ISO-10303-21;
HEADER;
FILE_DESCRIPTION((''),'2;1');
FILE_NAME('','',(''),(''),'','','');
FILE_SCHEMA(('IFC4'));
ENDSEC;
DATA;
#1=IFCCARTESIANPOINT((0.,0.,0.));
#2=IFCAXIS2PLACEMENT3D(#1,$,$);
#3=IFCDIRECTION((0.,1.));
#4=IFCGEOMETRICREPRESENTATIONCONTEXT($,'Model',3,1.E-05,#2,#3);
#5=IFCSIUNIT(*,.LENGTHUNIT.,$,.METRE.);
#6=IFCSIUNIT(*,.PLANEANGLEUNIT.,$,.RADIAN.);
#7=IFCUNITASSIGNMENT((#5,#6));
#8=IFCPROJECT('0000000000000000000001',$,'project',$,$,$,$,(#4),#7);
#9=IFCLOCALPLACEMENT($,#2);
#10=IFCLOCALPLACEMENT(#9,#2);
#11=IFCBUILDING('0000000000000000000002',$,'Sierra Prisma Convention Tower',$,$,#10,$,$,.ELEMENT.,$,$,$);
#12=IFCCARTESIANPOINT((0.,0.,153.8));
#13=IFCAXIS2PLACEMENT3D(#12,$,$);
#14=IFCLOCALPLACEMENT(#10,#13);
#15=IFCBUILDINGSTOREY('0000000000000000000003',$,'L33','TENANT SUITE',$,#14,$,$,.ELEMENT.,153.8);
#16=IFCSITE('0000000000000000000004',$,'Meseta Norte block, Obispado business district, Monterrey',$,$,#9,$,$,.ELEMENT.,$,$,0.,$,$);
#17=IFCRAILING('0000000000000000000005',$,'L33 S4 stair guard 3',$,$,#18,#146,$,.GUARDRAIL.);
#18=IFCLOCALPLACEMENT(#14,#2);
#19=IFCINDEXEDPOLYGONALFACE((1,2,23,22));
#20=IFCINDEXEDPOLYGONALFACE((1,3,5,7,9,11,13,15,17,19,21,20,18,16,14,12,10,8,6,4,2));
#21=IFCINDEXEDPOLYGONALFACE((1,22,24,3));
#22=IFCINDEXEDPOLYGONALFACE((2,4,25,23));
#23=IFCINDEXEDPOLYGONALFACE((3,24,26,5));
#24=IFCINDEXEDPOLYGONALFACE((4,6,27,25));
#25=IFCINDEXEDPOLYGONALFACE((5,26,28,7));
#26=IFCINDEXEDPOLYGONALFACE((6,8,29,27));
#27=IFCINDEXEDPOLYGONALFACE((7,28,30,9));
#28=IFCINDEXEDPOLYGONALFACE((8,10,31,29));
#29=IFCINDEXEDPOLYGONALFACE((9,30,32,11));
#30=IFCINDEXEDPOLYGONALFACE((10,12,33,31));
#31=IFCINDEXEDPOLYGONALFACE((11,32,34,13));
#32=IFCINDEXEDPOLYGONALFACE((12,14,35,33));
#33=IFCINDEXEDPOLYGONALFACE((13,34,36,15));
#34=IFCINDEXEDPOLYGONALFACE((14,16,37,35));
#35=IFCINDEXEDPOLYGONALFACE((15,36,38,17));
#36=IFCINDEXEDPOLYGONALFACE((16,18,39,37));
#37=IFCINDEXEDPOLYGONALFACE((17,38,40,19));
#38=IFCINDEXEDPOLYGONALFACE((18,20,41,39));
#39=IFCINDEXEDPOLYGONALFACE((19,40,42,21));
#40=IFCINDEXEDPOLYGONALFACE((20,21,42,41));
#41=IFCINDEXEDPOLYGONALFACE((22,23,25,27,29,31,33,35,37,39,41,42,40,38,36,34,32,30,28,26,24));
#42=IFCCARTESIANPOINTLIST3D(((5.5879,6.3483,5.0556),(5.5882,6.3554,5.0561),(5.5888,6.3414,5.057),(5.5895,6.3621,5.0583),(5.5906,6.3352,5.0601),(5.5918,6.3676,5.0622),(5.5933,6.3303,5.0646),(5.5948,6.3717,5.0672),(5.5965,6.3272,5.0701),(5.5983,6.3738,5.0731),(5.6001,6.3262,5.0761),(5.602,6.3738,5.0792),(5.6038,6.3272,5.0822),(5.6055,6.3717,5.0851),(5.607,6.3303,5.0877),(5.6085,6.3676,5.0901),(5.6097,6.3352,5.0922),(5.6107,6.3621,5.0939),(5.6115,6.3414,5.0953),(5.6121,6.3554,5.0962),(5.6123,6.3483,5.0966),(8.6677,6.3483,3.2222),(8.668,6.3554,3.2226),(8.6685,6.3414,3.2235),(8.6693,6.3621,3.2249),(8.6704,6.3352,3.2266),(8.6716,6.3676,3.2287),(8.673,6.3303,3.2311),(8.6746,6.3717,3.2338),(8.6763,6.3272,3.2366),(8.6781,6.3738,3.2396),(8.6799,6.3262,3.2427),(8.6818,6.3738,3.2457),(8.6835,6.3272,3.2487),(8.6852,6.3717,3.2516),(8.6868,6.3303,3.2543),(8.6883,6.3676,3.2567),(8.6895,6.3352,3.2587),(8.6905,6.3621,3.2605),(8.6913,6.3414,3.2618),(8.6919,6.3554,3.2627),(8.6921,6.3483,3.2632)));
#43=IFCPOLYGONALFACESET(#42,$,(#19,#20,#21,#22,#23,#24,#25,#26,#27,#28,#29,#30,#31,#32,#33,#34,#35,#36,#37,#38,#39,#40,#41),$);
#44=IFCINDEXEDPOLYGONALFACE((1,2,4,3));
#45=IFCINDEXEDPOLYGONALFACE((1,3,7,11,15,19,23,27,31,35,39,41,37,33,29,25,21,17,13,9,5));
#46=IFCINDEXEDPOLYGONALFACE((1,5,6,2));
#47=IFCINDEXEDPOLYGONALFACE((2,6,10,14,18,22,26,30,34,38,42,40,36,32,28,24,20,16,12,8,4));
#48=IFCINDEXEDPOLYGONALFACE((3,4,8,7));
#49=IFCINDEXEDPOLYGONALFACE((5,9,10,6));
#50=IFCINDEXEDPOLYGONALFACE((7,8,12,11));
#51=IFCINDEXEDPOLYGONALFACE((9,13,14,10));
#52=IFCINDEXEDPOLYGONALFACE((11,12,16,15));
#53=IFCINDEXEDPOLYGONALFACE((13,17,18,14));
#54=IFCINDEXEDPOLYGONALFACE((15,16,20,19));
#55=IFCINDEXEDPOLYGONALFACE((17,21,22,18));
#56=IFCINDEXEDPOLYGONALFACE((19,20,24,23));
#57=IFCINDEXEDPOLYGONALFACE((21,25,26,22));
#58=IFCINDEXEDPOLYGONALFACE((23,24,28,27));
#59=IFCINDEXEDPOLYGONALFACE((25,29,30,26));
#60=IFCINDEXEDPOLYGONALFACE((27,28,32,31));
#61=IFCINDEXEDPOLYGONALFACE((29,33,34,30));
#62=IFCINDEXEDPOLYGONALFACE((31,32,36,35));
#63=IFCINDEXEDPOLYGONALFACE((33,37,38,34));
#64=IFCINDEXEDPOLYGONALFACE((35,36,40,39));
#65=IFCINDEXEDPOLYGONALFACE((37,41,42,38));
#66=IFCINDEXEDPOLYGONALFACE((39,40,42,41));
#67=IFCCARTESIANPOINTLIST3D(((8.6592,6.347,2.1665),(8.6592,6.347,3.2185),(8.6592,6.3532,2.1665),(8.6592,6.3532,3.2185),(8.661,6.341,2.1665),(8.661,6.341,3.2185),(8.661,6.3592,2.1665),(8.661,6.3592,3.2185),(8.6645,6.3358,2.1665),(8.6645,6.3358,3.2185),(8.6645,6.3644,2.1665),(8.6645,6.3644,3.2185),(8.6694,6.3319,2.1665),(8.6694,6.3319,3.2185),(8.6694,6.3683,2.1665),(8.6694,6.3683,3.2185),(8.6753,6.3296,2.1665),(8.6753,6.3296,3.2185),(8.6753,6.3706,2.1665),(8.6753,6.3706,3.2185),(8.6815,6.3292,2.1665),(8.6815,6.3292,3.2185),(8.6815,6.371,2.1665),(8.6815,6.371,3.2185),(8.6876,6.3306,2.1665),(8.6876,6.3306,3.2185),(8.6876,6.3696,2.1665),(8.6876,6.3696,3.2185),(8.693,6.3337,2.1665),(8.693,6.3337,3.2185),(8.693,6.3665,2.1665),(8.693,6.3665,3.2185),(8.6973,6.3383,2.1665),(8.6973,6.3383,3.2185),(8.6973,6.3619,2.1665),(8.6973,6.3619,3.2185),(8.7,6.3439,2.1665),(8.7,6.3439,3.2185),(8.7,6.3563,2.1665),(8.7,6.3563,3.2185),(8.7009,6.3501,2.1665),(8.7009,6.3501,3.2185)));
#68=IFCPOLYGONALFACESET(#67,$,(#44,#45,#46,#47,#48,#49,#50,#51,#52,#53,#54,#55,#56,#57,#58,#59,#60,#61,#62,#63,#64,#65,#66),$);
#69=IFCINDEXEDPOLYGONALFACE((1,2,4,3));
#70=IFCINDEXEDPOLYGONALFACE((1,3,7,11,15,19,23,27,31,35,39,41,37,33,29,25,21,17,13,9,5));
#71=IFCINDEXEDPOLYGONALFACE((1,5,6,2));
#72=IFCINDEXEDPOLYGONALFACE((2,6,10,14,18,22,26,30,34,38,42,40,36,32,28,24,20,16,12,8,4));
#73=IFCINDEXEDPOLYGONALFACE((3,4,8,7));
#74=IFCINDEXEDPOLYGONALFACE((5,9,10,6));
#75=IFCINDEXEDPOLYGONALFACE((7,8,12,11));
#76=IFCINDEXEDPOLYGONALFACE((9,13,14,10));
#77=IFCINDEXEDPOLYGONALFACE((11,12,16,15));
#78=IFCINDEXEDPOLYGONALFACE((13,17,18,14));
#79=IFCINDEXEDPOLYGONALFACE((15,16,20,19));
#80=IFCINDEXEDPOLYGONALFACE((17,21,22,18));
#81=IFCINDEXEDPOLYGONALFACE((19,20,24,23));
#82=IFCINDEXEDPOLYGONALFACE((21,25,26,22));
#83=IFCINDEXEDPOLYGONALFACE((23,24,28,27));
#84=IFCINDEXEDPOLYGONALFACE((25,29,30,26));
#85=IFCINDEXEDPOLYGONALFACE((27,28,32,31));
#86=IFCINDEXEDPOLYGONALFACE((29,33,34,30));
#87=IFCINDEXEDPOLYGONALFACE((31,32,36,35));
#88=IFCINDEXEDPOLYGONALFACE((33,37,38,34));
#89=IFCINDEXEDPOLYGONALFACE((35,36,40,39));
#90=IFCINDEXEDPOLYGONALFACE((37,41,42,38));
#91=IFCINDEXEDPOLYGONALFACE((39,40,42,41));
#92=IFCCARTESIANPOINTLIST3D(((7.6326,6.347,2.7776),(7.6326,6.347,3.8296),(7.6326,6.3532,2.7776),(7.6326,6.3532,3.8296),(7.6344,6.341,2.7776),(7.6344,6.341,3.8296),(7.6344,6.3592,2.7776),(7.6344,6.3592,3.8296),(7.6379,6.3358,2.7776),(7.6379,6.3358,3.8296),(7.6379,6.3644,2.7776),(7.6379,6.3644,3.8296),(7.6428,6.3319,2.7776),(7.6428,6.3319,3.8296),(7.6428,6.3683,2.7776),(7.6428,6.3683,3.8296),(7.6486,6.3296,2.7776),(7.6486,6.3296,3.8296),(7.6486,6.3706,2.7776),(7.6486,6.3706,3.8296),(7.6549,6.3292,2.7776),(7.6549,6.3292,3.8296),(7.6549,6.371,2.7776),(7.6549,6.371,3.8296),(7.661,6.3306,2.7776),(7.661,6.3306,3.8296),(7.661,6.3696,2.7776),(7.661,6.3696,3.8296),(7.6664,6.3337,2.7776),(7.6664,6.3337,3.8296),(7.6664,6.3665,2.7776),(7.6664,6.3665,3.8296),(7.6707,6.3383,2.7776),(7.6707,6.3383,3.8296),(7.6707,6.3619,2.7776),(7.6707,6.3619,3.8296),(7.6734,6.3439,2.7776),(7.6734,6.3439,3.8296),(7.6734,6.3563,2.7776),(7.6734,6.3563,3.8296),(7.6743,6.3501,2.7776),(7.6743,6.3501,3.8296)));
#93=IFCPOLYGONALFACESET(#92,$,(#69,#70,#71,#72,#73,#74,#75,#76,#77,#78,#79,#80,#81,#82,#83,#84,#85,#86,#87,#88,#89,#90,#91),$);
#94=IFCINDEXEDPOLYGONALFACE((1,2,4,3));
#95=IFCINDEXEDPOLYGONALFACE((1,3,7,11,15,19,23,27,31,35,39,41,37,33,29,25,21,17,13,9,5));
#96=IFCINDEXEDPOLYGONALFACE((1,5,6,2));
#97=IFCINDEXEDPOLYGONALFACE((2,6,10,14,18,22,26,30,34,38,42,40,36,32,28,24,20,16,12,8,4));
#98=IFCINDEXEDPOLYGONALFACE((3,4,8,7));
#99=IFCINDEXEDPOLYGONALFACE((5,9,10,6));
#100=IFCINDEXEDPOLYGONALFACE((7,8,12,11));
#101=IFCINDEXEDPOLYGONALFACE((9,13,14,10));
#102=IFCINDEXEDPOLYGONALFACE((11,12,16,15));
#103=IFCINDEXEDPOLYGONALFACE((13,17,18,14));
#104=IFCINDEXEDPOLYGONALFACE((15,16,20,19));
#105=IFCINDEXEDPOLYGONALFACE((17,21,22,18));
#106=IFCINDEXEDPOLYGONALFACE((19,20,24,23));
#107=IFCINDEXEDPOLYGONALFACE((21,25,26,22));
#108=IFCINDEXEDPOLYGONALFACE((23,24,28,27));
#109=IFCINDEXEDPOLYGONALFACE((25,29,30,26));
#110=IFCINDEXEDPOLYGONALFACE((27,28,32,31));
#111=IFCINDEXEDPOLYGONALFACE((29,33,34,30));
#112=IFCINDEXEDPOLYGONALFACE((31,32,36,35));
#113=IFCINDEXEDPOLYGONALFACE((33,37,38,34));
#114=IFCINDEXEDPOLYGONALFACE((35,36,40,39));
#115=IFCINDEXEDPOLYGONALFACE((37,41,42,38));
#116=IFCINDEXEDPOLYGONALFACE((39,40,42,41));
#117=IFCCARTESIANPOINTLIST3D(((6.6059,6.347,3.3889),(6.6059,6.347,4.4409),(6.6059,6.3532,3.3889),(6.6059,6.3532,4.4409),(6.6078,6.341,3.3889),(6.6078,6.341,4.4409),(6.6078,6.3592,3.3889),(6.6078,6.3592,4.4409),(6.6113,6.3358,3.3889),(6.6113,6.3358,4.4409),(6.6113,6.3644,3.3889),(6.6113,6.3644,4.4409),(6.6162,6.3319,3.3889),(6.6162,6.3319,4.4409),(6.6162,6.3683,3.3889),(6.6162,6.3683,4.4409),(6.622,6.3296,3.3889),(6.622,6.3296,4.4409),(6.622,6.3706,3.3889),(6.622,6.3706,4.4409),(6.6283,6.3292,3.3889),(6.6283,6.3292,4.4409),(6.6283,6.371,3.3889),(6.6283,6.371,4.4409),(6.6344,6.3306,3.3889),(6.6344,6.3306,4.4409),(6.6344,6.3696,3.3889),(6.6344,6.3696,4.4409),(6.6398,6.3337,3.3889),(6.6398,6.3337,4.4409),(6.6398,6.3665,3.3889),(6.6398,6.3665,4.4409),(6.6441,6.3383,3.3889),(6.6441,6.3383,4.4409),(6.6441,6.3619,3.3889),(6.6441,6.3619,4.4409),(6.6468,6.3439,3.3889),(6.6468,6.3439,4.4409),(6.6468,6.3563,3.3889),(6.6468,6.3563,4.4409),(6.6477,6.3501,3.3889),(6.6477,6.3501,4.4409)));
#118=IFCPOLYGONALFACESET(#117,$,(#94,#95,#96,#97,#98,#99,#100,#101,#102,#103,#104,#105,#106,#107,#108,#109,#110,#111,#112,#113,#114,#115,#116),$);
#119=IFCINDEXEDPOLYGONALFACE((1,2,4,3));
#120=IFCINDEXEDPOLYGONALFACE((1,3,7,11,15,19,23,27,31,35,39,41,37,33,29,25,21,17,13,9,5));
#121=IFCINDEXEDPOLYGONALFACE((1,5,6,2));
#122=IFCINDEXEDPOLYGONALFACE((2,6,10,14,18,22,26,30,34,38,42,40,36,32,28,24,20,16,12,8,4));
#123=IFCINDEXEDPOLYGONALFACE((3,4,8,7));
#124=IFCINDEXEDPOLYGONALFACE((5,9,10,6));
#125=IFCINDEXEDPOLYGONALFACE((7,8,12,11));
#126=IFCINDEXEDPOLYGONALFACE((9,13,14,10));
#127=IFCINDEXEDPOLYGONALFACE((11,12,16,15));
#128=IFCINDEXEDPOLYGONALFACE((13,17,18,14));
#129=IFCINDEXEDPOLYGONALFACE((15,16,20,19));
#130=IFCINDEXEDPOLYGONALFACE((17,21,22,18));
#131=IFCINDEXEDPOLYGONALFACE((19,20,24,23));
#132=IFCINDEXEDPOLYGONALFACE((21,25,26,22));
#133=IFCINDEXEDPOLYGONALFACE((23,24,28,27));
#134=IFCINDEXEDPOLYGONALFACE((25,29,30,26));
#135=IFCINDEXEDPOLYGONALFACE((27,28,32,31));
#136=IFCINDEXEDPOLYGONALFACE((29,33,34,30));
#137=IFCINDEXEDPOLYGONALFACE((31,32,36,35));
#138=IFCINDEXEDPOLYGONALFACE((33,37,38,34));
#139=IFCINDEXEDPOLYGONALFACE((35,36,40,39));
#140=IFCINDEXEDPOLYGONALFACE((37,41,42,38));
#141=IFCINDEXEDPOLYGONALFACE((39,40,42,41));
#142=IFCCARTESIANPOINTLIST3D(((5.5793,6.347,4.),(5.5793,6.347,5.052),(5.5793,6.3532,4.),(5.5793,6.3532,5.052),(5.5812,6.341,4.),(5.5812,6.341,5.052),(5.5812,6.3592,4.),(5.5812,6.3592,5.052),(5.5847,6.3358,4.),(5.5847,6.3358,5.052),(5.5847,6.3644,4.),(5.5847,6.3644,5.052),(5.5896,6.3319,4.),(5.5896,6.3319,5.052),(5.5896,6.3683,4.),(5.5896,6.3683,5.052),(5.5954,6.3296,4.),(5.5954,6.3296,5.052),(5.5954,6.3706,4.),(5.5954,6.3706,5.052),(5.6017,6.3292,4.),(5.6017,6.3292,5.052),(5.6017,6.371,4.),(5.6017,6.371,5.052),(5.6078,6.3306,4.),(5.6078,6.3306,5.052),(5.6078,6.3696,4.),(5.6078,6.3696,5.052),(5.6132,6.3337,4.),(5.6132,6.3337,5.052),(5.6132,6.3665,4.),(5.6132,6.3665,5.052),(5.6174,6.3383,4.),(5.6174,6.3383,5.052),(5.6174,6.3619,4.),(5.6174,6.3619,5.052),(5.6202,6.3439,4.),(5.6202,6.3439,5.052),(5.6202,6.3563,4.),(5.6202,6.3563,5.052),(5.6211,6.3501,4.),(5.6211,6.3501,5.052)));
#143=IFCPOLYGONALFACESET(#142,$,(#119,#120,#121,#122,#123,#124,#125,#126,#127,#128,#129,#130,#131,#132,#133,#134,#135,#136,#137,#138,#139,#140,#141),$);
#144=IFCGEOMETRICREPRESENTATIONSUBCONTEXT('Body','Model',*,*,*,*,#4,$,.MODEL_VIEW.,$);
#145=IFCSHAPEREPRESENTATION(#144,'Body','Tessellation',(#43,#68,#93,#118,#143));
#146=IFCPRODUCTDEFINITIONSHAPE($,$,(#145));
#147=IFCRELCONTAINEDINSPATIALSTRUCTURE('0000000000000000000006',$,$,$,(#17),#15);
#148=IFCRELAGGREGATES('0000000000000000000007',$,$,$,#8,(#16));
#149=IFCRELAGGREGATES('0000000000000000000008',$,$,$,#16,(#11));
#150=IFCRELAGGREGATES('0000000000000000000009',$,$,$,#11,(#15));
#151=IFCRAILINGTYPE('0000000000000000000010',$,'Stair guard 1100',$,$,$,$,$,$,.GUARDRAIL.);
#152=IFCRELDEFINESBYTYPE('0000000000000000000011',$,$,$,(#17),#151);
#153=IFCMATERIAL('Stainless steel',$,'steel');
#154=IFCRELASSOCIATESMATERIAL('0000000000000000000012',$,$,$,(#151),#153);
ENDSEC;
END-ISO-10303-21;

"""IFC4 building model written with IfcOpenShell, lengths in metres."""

from ifc_helpers import new_model, si_unit, direction, frame, origin, origin_2d, place, context, subcontext, project, spatial, circle, extrude, material, type_object, element, save


model = new_model("IFC4")

# Units and contexts
model_context = context("Model", 3, precision=1e-05, world=origin(), true_north=direction((0.0, 1.0)))
body_context = subcontext(model_context, "Body", "Model", "MODEL_VIEW")
ifc_project = project(units=[si_unit("LENGTHUNIT", "METRE"), si_unit("PLANEANGLEUNIT", "RADIAN")], contexts=[model_context])

# Site, building, storey
site_placement = place(None, origin())
site = spatial("IfcSite", under=ifc_project, at=site_placement, Name="Meseta Norte block, Obispado business district, Monterrey", CompositionType="ELEMENT", RefElevation=0.0)
building_placement = place(site_placement, origin())
building = spatial("IfcBuilding", under=site, at=building_placement, Name="Sierra Prisma Convention Tower", CompositionType="ELEMENT")
storey_placement = place(building_placement, frame((0.0, 0.0, 153.8)))
storey = spatial("IfcBuildingStorey", under=building, at=storey_placement, Name="L33", Description="TENANT SUITE", CompositionType="ELEMENT", Elevation=153.8)

# Railing
ifc_material_1 = material(Name="Stainless steel", Category="steel")
railing_type_1 = type_object("IfcRailingType", Name="Stair guard 1100", PredefinedType="GUARDRAIL", material=ifc_material_1)
railing_1_placement = place(storey_placement, frame((8.6799, 6.3501, 2.1665)))
element("IfcRailing", 1, at=railing_1_placement, inside=storey, type_object=railing_type_1, Name="L33 S4 stair guard 3", PredefinedType="GUARDRAIL", context=body_context, shape_type="SweptSolid", body=[
    extrude(circle(Radius=0.0239, at=origin_2d()), frame((0.0, 0.0, 1.0762), z_axis=(-0.859261, 0.0, 0.511538), x_axis=(0.0, -1.0, 0.0)), (0.0, 0.0, 1.0), 3.5842),
    extrude(circle(Radius=0.021, at=origin_2d()), origin(), (0.0, 0.0, 1.0), 1.052),
    extrude(circle(Radius=0.021, at=origin_2d()), frame((-1.0266, 0.0, 0.6111)), (0.0, 0.0, 1.0), 1.052),
    extrude(circle(Radius=0.021, at=origin_2d()), frame((-2.0532, 0.0, 1.2224)), (0.0, 0.0, 1.0), 1.052),
    extrude(circle(Radius=0.021, at=origin_2d()), frame((-3.0798, 0.0, 1.8335)), (0.0, 0.0, 1.0), 1.052),
])

save(model, "model.ifc")
